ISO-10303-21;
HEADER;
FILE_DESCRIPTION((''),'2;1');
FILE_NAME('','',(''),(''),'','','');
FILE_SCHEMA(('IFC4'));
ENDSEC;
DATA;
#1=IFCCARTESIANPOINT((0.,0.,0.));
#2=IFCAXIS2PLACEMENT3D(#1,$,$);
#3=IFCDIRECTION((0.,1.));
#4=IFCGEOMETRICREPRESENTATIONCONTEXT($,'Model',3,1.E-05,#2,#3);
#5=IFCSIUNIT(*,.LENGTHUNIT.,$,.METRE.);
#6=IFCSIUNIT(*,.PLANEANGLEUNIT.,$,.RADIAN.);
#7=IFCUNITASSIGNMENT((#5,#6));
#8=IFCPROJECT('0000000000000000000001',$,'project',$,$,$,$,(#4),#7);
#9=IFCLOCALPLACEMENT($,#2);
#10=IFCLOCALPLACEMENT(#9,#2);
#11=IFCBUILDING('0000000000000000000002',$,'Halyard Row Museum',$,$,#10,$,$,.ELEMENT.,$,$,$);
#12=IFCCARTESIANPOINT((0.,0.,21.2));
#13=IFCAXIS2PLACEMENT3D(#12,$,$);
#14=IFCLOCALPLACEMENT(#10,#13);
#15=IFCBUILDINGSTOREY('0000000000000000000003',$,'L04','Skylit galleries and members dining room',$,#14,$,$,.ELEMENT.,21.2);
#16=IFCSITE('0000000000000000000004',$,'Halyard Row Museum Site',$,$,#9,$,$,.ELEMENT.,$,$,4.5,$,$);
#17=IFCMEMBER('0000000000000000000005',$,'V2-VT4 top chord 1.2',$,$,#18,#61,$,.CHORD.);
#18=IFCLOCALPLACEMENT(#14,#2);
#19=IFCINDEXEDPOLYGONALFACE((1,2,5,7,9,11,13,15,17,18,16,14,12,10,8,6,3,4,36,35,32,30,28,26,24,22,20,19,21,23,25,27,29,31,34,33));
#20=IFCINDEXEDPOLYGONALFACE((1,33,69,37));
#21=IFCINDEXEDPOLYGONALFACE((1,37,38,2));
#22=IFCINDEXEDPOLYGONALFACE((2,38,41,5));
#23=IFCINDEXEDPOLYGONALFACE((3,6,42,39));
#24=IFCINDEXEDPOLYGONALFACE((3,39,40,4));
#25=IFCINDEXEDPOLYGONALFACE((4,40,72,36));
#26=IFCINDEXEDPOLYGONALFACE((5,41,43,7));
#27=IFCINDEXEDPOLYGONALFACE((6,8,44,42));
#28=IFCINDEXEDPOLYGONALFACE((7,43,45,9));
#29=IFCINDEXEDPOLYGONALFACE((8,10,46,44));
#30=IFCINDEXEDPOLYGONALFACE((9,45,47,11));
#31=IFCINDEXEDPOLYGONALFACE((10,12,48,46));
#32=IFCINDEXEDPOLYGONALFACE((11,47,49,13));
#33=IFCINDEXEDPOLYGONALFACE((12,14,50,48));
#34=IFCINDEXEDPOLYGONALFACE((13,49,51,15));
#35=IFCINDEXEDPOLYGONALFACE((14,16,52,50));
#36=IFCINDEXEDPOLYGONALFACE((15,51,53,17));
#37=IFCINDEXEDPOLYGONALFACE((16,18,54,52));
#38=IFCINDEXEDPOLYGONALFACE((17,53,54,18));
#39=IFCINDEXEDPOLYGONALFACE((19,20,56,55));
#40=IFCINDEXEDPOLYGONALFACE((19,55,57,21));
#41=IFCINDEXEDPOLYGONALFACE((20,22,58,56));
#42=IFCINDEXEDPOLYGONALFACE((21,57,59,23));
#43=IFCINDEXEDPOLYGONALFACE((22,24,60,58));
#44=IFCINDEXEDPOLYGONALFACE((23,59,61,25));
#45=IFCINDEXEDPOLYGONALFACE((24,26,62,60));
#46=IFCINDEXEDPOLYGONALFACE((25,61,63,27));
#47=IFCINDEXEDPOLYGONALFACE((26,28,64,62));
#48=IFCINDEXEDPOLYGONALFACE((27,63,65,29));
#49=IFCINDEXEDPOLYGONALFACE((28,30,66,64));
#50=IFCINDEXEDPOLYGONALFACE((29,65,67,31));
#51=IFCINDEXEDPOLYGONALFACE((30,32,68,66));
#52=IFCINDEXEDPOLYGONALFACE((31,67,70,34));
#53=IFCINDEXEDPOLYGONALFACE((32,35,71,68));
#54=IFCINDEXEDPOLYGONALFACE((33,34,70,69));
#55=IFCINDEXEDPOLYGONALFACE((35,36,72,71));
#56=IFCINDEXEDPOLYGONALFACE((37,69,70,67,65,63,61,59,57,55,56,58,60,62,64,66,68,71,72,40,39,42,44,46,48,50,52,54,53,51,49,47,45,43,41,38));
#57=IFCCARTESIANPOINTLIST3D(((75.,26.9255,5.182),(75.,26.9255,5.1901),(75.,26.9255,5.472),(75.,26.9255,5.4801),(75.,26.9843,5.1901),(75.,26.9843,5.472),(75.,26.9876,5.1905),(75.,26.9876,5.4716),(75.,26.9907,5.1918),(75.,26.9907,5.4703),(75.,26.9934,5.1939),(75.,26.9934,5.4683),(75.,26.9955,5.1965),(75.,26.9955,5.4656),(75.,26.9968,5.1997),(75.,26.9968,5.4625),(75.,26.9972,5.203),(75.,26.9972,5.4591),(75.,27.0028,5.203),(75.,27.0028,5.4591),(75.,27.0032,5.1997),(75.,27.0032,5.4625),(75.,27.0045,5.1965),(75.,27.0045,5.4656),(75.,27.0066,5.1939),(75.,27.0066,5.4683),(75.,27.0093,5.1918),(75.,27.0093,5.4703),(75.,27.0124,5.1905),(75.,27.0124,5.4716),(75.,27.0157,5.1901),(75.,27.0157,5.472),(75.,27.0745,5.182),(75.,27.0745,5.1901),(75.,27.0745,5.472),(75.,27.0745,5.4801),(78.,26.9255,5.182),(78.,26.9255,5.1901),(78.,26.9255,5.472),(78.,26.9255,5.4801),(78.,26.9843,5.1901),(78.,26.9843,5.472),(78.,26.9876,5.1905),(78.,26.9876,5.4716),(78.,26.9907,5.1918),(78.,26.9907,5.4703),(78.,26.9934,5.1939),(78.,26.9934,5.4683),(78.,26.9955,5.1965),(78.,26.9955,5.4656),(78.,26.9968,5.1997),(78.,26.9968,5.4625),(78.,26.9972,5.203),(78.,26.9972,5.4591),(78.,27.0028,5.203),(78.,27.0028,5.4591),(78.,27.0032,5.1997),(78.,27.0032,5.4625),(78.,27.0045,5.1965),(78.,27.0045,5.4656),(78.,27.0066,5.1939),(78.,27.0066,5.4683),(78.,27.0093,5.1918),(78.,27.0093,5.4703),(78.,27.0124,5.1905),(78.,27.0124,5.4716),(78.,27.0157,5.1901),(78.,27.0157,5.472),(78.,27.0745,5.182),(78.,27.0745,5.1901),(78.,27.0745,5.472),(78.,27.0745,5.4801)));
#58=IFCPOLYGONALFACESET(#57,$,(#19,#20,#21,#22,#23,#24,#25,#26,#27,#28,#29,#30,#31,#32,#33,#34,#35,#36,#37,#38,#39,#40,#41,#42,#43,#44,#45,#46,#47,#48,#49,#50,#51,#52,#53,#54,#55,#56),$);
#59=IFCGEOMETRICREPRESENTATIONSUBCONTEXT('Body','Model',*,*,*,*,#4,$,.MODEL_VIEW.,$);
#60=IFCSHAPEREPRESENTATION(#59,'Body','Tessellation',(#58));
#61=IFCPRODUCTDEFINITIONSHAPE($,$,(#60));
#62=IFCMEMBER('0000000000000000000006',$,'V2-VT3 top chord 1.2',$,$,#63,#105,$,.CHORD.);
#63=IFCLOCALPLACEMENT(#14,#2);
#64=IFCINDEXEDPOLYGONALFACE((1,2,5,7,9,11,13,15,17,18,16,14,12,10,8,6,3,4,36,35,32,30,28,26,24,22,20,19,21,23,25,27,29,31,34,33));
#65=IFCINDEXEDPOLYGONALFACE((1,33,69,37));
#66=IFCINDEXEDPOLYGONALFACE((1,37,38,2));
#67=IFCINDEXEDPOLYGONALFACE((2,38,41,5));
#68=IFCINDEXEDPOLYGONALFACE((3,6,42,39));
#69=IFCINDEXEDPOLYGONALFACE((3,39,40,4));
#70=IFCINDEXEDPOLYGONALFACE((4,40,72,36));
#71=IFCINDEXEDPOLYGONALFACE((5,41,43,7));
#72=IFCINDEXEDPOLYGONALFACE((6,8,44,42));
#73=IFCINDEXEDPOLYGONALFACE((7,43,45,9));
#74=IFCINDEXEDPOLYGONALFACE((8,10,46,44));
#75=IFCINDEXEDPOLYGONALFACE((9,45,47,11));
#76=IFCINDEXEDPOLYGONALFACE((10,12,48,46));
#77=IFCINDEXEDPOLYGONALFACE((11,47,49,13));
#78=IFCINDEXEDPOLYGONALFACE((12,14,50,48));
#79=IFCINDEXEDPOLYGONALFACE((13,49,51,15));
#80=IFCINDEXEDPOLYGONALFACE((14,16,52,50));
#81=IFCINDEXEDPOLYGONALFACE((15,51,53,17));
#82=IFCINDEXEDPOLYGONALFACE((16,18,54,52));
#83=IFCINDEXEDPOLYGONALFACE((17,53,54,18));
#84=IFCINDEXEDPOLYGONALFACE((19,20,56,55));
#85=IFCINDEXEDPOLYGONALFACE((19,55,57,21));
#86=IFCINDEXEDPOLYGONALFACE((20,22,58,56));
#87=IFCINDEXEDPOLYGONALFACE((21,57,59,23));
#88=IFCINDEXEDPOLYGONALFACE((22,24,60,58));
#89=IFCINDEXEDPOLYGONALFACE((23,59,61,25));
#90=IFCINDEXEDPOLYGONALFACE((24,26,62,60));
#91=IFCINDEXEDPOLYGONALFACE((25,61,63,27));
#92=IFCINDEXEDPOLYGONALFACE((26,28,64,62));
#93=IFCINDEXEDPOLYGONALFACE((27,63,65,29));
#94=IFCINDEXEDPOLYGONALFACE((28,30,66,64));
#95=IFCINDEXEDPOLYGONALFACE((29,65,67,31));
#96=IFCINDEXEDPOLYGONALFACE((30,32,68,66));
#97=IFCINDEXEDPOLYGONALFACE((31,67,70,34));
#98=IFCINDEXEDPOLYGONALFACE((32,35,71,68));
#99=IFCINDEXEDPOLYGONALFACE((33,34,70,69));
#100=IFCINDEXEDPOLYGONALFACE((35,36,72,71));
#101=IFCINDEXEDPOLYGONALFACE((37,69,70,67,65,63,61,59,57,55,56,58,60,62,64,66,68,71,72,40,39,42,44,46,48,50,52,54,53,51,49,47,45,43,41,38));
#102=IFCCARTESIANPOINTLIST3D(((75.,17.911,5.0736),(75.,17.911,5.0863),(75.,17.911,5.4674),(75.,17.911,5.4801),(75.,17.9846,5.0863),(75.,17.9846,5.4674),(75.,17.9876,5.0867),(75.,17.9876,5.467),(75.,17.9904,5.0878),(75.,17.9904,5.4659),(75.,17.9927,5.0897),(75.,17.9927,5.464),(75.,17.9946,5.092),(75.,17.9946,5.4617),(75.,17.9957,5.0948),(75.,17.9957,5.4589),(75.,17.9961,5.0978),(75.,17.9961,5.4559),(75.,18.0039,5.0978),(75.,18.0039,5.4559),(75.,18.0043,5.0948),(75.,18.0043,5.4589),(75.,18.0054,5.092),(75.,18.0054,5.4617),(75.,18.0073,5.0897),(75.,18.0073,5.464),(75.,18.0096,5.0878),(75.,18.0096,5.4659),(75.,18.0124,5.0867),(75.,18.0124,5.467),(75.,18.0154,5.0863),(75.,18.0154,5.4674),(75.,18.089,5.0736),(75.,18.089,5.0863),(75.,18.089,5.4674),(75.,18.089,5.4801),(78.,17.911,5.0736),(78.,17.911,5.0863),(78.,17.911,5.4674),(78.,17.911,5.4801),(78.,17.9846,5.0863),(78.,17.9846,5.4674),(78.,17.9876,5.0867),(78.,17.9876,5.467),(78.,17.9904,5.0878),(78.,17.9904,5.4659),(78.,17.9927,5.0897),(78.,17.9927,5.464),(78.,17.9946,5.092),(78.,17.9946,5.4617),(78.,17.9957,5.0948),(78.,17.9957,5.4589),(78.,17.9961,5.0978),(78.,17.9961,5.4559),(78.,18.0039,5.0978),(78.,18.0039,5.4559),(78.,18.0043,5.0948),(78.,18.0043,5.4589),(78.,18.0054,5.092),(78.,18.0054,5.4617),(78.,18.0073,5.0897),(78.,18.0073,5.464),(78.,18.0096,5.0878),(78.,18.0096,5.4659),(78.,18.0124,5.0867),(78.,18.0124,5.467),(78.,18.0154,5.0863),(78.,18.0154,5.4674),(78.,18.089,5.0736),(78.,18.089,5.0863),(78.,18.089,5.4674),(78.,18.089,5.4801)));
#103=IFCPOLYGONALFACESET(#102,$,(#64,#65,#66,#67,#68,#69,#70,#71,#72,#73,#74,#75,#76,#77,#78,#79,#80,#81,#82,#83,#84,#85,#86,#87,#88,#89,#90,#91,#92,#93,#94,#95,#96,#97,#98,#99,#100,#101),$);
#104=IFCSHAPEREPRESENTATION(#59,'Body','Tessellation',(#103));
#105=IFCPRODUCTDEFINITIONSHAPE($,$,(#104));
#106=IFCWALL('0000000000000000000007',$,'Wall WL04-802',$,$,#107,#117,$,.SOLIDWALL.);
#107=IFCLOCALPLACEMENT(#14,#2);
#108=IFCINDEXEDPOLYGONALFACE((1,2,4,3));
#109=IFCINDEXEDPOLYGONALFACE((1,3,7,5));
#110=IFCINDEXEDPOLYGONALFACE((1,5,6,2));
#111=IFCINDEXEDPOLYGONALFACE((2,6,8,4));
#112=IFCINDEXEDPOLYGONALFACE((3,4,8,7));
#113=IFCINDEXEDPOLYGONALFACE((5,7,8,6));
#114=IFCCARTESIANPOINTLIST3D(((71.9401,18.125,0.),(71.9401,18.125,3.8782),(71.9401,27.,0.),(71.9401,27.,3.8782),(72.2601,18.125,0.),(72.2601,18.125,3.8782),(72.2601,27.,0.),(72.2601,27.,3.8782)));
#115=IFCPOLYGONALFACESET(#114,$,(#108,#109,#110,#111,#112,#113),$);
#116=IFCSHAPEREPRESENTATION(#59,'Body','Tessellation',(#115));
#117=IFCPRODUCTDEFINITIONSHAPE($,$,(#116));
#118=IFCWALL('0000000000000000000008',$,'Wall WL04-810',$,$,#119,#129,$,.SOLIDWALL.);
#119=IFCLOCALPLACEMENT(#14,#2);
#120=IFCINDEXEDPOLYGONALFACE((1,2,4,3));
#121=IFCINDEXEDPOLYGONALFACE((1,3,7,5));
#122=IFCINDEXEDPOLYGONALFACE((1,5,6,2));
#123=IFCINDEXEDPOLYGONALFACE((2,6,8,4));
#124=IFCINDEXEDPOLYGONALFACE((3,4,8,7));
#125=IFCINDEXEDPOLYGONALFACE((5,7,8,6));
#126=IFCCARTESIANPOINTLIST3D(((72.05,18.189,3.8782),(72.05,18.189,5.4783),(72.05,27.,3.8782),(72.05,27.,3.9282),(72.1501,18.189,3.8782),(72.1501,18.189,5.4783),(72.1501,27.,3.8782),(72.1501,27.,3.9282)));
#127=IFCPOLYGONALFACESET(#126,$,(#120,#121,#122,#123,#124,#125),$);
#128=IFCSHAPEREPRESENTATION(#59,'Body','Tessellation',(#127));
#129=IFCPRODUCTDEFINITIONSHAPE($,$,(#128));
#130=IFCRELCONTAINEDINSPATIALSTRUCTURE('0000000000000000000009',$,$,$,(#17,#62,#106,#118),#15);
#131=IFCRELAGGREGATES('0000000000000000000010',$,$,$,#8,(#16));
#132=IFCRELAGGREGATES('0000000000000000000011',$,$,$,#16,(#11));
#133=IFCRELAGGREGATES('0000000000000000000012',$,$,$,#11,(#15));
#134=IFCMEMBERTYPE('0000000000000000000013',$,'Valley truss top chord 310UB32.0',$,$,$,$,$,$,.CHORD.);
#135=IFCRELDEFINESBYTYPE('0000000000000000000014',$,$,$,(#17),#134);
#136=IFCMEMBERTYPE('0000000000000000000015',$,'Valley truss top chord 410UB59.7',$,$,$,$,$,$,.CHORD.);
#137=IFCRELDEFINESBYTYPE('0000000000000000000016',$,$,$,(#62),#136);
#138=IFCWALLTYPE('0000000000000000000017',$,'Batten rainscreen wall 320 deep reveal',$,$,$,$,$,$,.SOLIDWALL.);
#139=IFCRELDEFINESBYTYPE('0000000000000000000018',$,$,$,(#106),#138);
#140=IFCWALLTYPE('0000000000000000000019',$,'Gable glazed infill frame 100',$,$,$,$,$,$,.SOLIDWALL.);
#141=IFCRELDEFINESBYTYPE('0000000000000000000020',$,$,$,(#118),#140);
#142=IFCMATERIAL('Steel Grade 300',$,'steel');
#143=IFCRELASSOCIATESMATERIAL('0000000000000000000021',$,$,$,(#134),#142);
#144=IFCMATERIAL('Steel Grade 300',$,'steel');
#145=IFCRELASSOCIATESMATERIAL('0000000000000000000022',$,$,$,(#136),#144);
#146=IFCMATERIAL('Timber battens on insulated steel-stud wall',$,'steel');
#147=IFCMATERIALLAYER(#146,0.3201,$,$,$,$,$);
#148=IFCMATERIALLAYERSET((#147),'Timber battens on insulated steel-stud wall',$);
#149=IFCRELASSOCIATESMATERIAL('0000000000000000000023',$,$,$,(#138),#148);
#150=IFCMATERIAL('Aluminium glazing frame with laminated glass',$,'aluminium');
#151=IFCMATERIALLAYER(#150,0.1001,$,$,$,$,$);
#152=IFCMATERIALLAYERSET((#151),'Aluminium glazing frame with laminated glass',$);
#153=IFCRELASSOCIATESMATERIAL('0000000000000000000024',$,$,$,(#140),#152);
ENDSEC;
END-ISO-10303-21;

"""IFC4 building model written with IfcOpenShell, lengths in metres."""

from ifc_helpers import new_model, si_unit, direction, frame, frame_2d, origin, origin_2d, place, context, subcontext, project, spatial, polyline, rectangle, i_section, outline, extrude, material, layer, layer_set, material_profile, profile_set, type_object, element, save


model = new_model("IFC4")

# Units and contexts
model_context = context("Model", 3, precision=1e-05, world=origin(), true_north=direction((0.0, 1.0)))
body_context = subcontext(model_context, "Body", "Model", "MODEL_VIEW")
ifc_project = project(units=[si_unit("LENGTHUNIT", "METRE"), si_unit("PLANEANGLEUNIT", "RADIAN")], contexts=[model_context])

# Site, building, storey
site_placement = place(None, origin())
site = spatial("IfcSite", under=ifc_project, at=site_placement, Name="Halyard Row Museum Site", CompositionType="ELEMENT", RefElevation=4.5)
building_placement = place(site_placement, origin())
building = spatial("IfcBuilding", under=site, at=building_placement, Name="Halyard Row Museum", CompositionType="ELEMENT")
storey_placement = place(building_placement, frame((0.0, 0.0, 21.2)))
storey = spatial("IfcBuildingStorey", under=building, at=storey_placement, Name="L04", Description="Skylit galleries and members dining room", CompositionType="ELEMENT", Elevation=21.2)

# Members
ifc_material_1 = material(Name="Steel Grade 300", Category="steel")
ifc_material_profile_1 = material_profile(ifc_material_1, i_section(OverallWidth=0.1489, OverallDepth=0.2981, WebThickness=0.0056, FlangeThickness=0.0081, FilletRadius=0.0129, at=origin_2d()), Name="310UB32.0")
ifc_profile_set_1 = profile_set([ifc_material_profile_1], Name="Steel Grade 300")
member_type_1 = type_object("IfcMemberType", Name="Valley truss top chord 310UB32.0", PredefinedType="CHORD", material=ifc_profile_set_1)
member_1_placement = place(storey_placement, frame((75.0, 27.0, 5.3311), z_axis=(1.0, 0.0, 0.0), x_axis=(0.0, 1.0, 0.0)))
element("IfcMember", 1, at=member_1_placement, inside=storey, type_object=member_type_1, Name="V2-VT4 top chord 1.2", PredefinedType="CHORD", context=body_context, shape_type="SweptSolid", body=[
    extrude(i_section(OverallWidth=0.1489, OverallDepth=0.2981, WebThickness=0.0056, FlangeThickness=0.0081, FilletRadius=0.0129, at=origin_2d()), origin(), (0.0, 0.0, 1.0), 3.0),
])
ifc_material_2 = material(Name="Steel Grade 300", Category="steel")
ifc_material_profile_2 = material_profile(ifc_material_2, i_section(OverallWidth=0.178, OverallDepth=0.4065, WebThickness=0.0078, FlangeThickness=0.0127, FilletRadius=0.0115, at=origin_2d()), Name="410UB59.7")
ifc_profile_set_2 = profile_set([ifc_material_profile_2], Name="Steel Grade 300")
member_type_2 = type_object("IfcMemberType", Name="Valley truss top chord 410UB59.7", PredefinedType="CHORD", material=ifc_profile_set_2)
member_2_placement = place(storey_placement, frame((75.0, 18.0, 5.2769), z_axis=(1.0, 0.0, 0.0), x_axis=(0.0, 1.0, 0.0)))
element("IfcMember", 2, at=member_2_placement, inside=storey, type_object=member_type_2, Name="V2-VT3 top chord 1.2", PredefinedType="CHORD", context=body_context, shape_type="SweptSolid", body=[
    extrude(i_section(OverallWidth=0.178, OverallDepth=0.4065, WebThickness=0.0078, FlangeThickness=0.0127, FilletRadius=0.0115, at=origin_2d()), origin(), (0.0, 0.0, 1.0), 3.0),
])

# Walls
ifc_material_3 = material(Name="Timber battens on insulated steel-stud wall", Category="steel")
ifc_layer_1 = layer(ifc_material_3, 0.3201)
ifc_layer_set_1 = layer_set([ifc_layer_1], Name="Timber battens on insulated steel-stud wall")
wall_type_1 = type_object("IfcWallType", Name="Batten rainscreen wall 320 deep reveal", PredefinedType="SOLIDWALL", material=ifc_layer_set_1)
wall_1_placement = place(storey_placement, frame((72.1001, 18.125, 0.0), z_axis=(0.0, 0.0, 1.0), x_axis=(0.0, 1.0, 0.0)))
element("IfcWall", 3, at=wall_1_placement, inside=storey, type_object=wall_type_1, Name="Wall WL04-802", PredefinedType="SOLIDWALL", context=body_context, shape_type="SweptSolid", body=[
    extrude(rectangle(XDim=8.875, YDim=0.3201, at=frame_2d((4.4375, 0.0))), origin(), (0.0, 0.0, 1.0), 3.8782),
])
ifc_material_4 = material(Name="Aluminium glazing frame with laminated glass", Category="aluminium")
ifc_layer_2 = layer(ifc_material_4, 0.1001)
ifc_layer_set_2 = layer_set([ifc_layer_2], Name="Aluminium glazing frame with laminated glass")
wall_type_2 = type_object("IfcWallType", Name="Gable glazed infill frame 100", PredefinedType="SOLIDWALL", material=ifc_layer_set_2)
wall_2_placement = place(storey_placement, frame((72.1001, 18.189, 3.8782), z_axis=(0.0, 0.0, 1.0), x_axis=(0.0, 1.0, 0.0)))
element("IfcWall", 4, at=wall_2_placement, inside=storey, type_object=wall_type_2, Name="Wall WL04-810", PredefinedType="SOLIDWALL", context=body_context, shape_type="SweptSolid", body=[
    extrude(outline(polyline([(0.0, 0.0), (8.811, 0.0), (8.811, 0.05), (0.0, 1.6001), (0.0, 0.0)])), frame((0.0, 0.05, 0.0), z_axis=(0.0, -1.0, 0.0), x_axis=(1.0, 0.0, 0.0)), (0.0, 0.0, 1.0), 0.1001),
])

save(model, "model.ifc")
